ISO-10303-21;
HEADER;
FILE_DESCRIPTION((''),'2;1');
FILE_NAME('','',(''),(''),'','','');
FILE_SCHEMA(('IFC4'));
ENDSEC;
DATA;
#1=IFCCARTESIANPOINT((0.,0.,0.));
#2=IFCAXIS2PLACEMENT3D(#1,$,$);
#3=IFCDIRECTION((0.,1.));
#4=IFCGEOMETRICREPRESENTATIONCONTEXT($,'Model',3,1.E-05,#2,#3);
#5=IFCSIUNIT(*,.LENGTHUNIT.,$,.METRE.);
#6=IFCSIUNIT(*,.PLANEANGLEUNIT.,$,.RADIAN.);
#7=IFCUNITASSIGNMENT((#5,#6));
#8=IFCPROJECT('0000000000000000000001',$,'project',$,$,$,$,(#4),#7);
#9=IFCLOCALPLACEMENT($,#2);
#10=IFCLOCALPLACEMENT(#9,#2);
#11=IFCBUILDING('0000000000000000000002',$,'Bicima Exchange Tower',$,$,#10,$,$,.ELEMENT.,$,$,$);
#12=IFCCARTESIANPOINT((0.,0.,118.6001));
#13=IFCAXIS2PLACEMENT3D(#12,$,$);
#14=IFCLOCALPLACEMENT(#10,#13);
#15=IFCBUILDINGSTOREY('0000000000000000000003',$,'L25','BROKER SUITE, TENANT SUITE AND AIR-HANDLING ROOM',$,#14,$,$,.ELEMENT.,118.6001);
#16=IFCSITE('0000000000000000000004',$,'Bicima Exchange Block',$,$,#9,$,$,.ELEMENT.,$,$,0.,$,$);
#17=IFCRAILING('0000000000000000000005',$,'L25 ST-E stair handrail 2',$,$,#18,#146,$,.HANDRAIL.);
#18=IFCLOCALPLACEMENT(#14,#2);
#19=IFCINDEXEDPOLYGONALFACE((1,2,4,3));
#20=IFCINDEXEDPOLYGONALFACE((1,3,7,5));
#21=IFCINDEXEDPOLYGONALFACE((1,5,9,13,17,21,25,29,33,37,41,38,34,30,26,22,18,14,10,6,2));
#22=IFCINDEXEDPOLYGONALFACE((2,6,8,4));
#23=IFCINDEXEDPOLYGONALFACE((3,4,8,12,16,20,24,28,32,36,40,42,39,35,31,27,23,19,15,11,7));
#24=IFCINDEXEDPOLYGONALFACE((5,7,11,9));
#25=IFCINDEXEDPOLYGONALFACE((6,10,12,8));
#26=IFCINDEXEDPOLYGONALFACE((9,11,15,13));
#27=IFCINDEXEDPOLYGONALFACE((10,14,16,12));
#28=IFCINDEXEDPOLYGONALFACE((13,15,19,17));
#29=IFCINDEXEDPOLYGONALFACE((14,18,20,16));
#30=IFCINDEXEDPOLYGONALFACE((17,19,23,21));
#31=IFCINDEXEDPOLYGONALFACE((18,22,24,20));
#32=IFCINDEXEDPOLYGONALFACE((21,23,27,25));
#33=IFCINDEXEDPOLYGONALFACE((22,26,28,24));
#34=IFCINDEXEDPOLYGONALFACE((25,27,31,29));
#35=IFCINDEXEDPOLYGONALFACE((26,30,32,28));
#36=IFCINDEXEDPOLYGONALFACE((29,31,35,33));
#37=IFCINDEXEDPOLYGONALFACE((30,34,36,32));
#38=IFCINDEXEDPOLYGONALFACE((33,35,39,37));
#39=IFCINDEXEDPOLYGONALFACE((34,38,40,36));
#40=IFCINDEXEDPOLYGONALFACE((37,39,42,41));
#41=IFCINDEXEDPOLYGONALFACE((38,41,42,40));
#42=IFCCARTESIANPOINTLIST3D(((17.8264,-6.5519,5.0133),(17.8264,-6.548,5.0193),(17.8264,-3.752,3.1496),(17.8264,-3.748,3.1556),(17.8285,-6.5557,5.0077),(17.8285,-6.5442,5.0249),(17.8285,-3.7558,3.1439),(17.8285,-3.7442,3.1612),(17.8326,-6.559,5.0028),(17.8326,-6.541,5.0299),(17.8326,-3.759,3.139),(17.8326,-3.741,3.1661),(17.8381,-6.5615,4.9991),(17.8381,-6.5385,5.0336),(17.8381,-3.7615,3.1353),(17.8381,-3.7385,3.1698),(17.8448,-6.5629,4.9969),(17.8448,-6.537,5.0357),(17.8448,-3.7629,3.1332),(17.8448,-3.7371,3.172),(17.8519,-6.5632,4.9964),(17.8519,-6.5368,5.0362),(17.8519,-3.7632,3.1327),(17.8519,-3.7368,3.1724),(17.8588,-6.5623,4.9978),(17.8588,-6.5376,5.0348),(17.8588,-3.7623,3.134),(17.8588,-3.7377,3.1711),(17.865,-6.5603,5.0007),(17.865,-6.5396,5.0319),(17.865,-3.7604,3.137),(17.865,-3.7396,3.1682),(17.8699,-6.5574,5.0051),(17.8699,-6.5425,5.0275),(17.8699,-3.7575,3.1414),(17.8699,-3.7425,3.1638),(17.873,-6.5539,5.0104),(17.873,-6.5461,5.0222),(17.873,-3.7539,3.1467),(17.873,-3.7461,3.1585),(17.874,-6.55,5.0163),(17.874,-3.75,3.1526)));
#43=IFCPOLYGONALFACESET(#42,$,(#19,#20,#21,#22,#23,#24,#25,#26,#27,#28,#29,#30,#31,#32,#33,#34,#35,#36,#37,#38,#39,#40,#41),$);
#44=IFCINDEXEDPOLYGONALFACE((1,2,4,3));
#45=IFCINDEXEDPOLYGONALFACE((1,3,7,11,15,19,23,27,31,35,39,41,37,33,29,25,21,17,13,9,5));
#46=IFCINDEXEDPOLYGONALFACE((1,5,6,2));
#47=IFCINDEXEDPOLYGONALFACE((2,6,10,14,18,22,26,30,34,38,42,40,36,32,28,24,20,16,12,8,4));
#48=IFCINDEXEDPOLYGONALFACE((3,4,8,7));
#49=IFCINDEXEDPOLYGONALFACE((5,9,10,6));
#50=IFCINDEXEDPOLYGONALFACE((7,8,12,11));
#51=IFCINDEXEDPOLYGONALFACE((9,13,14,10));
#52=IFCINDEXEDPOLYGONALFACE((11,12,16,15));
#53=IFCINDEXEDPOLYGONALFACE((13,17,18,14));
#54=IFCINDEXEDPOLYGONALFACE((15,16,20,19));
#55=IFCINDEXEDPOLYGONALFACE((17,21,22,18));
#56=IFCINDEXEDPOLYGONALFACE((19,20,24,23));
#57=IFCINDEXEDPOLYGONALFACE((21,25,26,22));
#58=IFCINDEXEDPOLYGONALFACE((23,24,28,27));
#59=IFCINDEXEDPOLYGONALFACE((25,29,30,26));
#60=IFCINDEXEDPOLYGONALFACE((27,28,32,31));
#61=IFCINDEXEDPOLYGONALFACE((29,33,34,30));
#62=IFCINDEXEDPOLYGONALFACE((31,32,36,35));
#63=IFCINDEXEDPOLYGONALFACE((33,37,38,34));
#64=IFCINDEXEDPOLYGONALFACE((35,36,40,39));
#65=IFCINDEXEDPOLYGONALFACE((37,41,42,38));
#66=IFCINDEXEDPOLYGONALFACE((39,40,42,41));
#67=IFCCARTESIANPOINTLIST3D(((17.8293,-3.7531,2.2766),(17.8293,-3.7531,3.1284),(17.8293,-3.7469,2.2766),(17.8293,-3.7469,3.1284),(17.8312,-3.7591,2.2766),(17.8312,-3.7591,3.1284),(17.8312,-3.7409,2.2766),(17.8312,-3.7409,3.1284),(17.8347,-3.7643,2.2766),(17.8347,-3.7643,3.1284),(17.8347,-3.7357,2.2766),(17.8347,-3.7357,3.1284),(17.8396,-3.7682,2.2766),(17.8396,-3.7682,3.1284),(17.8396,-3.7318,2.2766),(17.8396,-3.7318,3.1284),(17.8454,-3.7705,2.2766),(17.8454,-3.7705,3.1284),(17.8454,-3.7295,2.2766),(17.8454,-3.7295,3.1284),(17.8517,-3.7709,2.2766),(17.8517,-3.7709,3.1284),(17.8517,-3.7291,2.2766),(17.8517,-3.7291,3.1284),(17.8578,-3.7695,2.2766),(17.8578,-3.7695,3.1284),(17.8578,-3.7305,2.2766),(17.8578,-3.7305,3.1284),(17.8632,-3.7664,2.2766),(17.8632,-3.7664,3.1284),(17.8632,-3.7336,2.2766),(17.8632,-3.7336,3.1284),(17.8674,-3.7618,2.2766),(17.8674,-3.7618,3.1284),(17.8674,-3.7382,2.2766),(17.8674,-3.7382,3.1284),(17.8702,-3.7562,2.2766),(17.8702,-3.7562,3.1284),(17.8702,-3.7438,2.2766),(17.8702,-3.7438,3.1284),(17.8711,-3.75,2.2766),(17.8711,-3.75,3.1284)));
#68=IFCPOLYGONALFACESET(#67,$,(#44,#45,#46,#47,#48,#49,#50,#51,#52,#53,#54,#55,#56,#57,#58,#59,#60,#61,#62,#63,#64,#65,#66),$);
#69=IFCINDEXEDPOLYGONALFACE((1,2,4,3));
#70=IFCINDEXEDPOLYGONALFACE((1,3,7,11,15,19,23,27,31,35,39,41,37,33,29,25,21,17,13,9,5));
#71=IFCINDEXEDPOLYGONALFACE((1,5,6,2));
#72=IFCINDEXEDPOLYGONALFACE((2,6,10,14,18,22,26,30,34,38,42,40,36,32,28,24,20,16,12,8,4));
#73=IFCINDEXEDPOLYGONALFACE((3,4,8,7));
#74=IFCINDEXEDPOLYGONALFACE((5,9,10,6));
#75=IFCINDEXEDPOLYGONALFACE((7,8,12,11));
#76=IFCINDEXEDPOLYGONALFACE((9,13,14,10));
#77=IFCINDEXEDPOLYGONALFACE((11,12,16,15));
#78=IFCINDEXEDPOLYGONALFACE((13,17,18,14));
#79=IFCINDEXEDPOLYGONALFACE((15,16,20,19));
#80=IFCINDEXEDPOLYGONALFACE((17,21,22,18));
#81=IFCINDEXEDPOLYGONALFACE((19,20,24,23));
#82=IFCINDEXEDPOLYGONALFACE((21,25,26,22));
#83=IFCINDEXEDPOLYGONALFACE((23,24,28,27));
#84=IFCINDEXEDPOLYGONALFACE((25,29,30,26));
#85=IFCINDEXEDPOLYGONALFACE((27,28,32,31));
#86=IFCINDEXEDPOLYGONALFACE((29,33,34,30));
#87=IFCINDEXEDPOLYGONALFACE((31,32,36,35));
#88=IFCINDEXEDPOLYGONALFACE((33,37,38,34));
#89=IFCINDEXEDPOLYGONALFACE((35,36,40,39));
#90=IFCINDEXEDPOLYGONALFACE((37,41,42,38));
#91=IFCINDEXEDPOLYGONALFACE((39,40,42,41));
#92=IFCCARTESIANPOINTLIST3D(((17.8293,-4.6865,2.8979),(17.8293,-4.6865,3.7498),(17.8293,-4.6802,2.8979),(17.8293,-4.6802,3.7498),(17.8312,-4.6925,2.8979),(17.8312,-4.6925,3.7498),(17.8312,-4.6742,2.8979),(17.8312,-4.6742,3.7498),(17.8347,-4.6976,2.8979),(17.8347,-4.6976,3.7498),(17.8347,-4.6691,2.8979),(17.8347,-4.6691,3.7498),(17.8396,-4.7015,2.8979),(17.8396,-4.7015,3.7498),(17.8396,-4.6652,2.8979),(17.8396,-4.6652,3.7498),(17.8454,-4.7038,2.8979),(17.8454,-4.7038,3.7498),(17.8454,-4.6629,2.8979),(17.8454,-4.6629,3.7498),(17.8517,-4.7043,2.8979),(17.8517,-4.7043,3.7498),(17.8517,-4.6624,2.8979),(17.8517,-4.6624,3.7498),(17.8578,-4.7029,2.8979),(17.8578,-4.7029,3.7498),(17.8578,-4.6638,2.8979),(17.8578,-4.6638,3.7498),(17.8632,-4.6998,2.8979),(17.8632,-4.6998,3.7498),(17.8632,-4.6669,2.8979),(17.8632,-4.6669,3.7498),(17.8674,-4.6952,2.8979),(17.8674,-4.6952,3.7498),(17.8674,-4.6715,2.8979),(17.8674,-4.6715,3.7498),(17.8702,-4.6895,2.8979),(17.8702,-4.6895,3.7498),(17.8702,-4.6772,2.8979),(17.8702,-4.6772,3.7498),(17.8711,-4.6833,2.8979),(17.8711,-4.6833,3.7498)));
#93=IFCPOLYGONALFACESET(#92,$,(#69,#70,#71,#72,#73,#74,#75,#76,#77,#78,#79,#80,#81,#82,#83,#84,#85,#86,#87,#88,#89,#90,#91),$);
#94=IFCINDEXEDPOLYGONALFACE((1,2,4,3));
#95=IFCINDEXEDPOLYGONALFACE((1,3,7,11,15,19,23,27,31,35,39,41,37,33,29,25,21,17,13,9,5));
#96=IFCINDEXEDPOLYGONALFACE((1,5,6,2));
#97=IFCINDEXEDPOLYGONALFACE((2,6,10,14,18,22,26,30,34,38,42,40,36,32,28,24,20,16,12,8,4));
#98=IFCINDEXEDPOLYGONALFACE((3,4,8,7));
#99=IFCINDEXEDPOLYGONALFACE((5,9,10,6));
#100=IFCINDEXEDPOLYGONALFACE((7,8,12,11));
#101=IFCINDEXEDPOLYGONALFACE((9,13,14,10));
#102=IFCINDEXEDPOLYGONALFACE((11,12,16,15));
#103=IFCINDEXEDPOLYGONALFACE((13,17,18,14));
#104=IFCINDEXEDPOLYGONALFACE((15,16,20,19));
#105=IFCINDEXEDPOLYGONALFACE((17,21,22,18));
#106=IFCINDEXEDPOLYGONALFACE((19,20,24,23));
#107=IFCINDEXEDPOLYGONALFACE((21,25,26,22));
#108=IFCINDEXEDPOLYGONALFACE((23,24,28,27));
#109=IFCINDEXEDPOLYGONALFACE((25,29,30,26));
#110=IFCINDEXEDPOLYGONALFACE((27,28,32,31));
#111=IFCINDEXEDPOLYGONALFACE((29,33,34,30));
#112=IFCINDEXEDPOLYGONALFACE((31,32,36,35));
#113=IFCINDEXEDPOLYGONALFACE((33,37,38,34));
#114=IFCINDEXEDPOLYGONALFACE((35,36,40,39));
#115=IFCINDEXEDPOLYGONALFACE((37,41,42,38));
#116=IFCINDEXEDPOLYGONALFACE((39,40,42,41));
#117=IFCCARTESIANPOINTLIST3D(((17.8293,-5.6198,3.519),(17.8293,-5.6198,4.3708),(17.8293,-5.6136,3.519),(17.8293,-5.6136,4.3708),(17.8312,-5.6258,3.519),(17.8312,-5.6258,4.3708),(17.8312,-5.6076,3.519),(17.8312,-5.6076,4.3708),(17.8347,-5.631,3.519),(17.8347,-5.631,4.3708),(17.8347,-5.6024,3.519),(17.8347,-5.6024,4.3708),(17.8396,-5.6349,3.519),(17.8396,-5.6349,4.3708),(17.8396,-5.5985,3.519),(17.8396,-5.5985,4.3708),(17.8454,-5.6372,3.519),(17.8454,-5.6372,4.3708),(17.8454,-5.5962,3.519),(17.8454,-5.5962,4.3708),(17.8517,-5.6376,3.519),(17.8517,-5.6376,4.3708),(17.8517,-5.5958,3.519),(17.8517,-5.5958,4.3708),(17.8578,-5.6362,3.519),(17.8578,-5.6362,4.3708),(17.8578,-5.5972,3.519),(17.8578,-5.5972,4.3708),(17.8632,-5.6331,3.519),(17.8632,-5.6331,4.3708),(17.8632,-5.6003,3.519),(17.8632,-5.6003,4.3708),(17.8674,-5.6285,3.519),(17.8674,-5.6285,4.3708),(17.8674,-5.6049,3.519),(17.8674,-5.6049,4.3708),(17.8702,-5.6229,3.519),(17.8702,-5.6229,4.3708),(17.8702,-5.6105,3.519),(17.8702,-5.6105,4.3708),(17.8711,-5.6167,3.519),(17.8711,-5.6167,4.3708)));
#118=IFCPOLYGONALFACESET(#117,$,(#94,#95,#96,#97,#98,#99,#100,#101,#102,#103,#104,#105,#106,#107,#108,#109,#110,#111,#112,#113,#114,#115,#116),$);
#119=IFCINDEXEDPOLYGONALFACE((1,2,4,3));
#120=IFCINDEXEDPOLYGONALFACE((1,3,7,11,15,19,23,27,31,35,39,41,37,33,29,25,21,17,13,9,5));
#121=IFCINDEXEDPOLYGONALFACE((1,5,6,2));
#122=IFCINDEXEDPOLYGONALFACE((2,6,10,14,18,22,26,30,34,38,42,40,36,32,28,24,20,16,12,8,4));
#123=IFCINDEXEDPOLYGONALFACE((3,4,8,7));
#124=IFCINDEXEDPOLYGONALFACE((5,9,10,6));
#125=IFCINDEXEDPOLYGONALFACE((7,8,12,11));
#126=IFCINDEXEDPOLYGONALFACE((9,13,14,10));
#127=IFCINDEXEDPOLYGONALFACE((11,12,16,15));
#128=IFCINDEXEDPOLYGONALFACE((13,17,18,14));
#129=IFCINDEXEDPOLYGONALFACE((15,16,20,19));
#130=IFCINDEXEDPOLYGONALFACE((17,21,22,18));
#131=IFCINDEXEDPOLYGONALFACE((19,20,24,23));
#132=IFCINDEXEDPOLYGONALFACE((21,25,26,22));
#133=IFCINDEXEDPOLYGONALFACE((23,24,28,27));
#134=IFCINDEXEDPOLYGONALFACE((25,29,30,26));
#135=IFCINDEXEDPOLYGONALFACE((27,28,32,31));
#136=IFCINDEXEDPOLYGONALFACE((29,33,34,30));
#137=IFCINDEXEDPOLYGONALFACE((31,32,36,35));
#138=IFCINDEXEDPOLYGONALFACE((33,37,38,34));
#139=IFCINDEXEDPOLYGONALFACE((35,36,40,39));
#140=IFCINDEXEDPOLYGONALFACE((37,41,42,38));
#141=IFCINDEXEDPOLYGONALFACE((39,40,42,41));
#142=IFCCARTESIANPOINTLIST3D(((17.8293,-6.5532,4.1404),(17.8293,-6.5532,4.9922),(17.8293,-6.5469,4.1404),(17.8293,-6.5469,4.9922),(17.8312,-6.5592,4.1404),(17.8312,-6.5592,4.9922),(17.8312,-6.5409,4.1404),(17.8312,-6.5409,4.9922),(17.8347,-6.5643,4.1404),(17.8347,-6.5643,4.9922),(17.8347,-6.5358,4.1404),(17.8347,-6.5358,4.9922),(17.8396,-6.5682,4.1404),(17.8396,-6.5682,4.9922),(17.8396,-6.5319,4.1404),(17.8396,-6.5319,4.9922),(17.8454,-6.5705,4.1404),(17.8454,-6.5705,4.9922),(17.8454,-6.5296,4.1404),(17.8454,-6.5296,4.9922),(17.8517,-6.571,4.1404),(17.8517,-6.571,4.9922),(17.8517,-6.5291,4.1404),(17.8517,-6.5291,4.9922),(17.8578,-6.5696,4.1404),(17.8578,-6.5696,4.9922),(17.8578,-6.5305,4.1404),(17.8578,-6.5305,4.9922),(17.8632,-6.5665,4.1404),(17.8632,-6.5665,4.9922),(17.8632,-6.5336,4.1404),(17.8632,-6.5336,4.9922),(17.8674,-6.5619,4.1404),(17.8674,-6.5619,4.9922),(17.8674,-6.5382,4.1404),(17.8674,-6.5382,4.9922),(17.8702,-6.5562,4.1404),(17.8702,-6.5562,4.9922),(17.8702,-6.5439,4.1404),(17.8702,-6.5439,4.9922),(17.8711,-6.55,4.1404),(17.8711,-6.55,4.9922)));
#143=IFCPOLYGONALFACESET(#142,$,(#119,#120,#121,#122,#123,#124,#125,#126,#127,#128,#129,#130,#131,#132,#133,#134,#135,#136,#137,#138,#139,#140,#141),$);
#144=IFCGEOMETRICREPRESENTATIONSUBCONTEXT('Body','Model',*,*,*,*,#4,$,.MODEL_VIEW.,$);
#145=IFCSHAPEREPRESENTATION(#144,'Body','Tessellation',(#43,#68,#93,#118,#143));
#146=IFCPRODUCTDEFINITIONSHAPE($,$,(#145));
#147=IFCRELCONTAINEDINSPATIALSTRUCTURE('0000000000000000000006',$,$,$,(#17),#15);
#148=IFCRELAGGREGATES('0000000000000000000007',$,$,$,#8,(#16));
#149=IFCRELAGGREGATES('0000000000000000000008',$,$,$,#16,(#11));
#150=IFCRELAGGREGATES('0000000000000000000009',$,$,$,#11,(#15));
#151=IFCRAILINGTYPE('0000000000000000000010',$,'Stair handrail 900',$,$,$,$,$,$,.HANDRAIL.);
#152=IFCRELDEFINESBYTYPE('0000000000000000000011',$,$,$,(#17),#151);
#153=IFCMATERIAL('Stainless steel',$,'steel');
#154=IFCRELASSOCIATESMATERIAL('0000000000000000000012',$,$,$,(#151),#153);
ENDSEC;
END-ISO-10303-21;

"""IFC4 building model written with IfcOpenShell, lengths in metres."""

from ifc_helpers import new_model, si_unit, direction, frame, origin, origin_2d, place, context, subcontext, project, spatial, circle, extrude, material, type_object, element, save


model = new_model("IFC4")

# Units and contexts
model_context = context("Model", 3, precision=1e-05, world=origin(), true_north=direction((0.0, 1.0)))
body_context = subcontext(model_context, "Body", "Model", "MODEL_VIEW")
ifc_project = project(units=[si_unit("LENGTHUNIT", "METRE"), si_unit("PLANEANGLEUNIT", "RADIAN")], contexts=[model_context])

# Site, building, storey
site_placement = place(None, origin())
site = spatial("IfcSite", under=ifc_project, at=site_placement, Name="Bicima Exchange Block", CompositionType="ELEMENT", RefElevation=0.0)
building_placement = place(site_placement, origin())
building = spatial("IfcBuilding", under=site, at=building_placement, Name="Bicima Exchange Tower", CompositionType="ELEMENT")
storey_placement = place(building_placement, frame((0.0, 0.0, 118.6001)))
storey = spatial("IfcBuildingStorey", under=building, at=storey_placement, Name="L25", Description="BROKER SUITE, TENANT SUITE AND AIR-HANDLING ROOM", CompositionType="ELEMENT", Elevation=118.6001)

# Railing
ifc_material_1 = material(Name="Stainless steel", Category="steel")
railing_type_1 = type_object("IfcRailingType", Name="Stair handrail 900", PredefinedType="HANDRAIL", material=ifc_material_1)
railing_1_placement = place(storey_placement, frame((17.8501, -3.75, 2.2766)))
element("IfcRailing", 1, at=railing_1_placement, inside=storey, type_object=railing_type_1, Name="L25 ST-E stair handrail 2", PredefinedType="HANDRAIL", context=body_context, shape_type="SweptSolid", body=[
    extrude(circle(Radius=0.0239, at=origin_2d()), frame((0.0, 0.0, 0.876), z_axis=(0.0, -0.832452, 0.554097), x_axis=(1.0, 0.0, 0.0)), (0.0, 0.0, 1.0), 3.3635),
    extrude(circle(Radius=0.021, at=origin_2d()), origin(), (0.0, 0.0, 1.0), 0.8518),
    extrude(circle(Radius=0.021, at=origin_2d()), frame((0.0, -0.9333, 0.6213)), (0.0, 0.0, 1.0), 0.8518),
    extrude(circle(Radius=0.021, at=origin_2d()), frame((0.0, -1.8667, 1.2424)), (0.0, 0.0, 1.0), 0.8518),
    extrude(circle(Radius=0.021, at=origin_2d()), frame((0.0, -2.8, 1.8638)), (0.0, 0.0, 1.0), 0.8518),
])

save(model, "model.ifc")
